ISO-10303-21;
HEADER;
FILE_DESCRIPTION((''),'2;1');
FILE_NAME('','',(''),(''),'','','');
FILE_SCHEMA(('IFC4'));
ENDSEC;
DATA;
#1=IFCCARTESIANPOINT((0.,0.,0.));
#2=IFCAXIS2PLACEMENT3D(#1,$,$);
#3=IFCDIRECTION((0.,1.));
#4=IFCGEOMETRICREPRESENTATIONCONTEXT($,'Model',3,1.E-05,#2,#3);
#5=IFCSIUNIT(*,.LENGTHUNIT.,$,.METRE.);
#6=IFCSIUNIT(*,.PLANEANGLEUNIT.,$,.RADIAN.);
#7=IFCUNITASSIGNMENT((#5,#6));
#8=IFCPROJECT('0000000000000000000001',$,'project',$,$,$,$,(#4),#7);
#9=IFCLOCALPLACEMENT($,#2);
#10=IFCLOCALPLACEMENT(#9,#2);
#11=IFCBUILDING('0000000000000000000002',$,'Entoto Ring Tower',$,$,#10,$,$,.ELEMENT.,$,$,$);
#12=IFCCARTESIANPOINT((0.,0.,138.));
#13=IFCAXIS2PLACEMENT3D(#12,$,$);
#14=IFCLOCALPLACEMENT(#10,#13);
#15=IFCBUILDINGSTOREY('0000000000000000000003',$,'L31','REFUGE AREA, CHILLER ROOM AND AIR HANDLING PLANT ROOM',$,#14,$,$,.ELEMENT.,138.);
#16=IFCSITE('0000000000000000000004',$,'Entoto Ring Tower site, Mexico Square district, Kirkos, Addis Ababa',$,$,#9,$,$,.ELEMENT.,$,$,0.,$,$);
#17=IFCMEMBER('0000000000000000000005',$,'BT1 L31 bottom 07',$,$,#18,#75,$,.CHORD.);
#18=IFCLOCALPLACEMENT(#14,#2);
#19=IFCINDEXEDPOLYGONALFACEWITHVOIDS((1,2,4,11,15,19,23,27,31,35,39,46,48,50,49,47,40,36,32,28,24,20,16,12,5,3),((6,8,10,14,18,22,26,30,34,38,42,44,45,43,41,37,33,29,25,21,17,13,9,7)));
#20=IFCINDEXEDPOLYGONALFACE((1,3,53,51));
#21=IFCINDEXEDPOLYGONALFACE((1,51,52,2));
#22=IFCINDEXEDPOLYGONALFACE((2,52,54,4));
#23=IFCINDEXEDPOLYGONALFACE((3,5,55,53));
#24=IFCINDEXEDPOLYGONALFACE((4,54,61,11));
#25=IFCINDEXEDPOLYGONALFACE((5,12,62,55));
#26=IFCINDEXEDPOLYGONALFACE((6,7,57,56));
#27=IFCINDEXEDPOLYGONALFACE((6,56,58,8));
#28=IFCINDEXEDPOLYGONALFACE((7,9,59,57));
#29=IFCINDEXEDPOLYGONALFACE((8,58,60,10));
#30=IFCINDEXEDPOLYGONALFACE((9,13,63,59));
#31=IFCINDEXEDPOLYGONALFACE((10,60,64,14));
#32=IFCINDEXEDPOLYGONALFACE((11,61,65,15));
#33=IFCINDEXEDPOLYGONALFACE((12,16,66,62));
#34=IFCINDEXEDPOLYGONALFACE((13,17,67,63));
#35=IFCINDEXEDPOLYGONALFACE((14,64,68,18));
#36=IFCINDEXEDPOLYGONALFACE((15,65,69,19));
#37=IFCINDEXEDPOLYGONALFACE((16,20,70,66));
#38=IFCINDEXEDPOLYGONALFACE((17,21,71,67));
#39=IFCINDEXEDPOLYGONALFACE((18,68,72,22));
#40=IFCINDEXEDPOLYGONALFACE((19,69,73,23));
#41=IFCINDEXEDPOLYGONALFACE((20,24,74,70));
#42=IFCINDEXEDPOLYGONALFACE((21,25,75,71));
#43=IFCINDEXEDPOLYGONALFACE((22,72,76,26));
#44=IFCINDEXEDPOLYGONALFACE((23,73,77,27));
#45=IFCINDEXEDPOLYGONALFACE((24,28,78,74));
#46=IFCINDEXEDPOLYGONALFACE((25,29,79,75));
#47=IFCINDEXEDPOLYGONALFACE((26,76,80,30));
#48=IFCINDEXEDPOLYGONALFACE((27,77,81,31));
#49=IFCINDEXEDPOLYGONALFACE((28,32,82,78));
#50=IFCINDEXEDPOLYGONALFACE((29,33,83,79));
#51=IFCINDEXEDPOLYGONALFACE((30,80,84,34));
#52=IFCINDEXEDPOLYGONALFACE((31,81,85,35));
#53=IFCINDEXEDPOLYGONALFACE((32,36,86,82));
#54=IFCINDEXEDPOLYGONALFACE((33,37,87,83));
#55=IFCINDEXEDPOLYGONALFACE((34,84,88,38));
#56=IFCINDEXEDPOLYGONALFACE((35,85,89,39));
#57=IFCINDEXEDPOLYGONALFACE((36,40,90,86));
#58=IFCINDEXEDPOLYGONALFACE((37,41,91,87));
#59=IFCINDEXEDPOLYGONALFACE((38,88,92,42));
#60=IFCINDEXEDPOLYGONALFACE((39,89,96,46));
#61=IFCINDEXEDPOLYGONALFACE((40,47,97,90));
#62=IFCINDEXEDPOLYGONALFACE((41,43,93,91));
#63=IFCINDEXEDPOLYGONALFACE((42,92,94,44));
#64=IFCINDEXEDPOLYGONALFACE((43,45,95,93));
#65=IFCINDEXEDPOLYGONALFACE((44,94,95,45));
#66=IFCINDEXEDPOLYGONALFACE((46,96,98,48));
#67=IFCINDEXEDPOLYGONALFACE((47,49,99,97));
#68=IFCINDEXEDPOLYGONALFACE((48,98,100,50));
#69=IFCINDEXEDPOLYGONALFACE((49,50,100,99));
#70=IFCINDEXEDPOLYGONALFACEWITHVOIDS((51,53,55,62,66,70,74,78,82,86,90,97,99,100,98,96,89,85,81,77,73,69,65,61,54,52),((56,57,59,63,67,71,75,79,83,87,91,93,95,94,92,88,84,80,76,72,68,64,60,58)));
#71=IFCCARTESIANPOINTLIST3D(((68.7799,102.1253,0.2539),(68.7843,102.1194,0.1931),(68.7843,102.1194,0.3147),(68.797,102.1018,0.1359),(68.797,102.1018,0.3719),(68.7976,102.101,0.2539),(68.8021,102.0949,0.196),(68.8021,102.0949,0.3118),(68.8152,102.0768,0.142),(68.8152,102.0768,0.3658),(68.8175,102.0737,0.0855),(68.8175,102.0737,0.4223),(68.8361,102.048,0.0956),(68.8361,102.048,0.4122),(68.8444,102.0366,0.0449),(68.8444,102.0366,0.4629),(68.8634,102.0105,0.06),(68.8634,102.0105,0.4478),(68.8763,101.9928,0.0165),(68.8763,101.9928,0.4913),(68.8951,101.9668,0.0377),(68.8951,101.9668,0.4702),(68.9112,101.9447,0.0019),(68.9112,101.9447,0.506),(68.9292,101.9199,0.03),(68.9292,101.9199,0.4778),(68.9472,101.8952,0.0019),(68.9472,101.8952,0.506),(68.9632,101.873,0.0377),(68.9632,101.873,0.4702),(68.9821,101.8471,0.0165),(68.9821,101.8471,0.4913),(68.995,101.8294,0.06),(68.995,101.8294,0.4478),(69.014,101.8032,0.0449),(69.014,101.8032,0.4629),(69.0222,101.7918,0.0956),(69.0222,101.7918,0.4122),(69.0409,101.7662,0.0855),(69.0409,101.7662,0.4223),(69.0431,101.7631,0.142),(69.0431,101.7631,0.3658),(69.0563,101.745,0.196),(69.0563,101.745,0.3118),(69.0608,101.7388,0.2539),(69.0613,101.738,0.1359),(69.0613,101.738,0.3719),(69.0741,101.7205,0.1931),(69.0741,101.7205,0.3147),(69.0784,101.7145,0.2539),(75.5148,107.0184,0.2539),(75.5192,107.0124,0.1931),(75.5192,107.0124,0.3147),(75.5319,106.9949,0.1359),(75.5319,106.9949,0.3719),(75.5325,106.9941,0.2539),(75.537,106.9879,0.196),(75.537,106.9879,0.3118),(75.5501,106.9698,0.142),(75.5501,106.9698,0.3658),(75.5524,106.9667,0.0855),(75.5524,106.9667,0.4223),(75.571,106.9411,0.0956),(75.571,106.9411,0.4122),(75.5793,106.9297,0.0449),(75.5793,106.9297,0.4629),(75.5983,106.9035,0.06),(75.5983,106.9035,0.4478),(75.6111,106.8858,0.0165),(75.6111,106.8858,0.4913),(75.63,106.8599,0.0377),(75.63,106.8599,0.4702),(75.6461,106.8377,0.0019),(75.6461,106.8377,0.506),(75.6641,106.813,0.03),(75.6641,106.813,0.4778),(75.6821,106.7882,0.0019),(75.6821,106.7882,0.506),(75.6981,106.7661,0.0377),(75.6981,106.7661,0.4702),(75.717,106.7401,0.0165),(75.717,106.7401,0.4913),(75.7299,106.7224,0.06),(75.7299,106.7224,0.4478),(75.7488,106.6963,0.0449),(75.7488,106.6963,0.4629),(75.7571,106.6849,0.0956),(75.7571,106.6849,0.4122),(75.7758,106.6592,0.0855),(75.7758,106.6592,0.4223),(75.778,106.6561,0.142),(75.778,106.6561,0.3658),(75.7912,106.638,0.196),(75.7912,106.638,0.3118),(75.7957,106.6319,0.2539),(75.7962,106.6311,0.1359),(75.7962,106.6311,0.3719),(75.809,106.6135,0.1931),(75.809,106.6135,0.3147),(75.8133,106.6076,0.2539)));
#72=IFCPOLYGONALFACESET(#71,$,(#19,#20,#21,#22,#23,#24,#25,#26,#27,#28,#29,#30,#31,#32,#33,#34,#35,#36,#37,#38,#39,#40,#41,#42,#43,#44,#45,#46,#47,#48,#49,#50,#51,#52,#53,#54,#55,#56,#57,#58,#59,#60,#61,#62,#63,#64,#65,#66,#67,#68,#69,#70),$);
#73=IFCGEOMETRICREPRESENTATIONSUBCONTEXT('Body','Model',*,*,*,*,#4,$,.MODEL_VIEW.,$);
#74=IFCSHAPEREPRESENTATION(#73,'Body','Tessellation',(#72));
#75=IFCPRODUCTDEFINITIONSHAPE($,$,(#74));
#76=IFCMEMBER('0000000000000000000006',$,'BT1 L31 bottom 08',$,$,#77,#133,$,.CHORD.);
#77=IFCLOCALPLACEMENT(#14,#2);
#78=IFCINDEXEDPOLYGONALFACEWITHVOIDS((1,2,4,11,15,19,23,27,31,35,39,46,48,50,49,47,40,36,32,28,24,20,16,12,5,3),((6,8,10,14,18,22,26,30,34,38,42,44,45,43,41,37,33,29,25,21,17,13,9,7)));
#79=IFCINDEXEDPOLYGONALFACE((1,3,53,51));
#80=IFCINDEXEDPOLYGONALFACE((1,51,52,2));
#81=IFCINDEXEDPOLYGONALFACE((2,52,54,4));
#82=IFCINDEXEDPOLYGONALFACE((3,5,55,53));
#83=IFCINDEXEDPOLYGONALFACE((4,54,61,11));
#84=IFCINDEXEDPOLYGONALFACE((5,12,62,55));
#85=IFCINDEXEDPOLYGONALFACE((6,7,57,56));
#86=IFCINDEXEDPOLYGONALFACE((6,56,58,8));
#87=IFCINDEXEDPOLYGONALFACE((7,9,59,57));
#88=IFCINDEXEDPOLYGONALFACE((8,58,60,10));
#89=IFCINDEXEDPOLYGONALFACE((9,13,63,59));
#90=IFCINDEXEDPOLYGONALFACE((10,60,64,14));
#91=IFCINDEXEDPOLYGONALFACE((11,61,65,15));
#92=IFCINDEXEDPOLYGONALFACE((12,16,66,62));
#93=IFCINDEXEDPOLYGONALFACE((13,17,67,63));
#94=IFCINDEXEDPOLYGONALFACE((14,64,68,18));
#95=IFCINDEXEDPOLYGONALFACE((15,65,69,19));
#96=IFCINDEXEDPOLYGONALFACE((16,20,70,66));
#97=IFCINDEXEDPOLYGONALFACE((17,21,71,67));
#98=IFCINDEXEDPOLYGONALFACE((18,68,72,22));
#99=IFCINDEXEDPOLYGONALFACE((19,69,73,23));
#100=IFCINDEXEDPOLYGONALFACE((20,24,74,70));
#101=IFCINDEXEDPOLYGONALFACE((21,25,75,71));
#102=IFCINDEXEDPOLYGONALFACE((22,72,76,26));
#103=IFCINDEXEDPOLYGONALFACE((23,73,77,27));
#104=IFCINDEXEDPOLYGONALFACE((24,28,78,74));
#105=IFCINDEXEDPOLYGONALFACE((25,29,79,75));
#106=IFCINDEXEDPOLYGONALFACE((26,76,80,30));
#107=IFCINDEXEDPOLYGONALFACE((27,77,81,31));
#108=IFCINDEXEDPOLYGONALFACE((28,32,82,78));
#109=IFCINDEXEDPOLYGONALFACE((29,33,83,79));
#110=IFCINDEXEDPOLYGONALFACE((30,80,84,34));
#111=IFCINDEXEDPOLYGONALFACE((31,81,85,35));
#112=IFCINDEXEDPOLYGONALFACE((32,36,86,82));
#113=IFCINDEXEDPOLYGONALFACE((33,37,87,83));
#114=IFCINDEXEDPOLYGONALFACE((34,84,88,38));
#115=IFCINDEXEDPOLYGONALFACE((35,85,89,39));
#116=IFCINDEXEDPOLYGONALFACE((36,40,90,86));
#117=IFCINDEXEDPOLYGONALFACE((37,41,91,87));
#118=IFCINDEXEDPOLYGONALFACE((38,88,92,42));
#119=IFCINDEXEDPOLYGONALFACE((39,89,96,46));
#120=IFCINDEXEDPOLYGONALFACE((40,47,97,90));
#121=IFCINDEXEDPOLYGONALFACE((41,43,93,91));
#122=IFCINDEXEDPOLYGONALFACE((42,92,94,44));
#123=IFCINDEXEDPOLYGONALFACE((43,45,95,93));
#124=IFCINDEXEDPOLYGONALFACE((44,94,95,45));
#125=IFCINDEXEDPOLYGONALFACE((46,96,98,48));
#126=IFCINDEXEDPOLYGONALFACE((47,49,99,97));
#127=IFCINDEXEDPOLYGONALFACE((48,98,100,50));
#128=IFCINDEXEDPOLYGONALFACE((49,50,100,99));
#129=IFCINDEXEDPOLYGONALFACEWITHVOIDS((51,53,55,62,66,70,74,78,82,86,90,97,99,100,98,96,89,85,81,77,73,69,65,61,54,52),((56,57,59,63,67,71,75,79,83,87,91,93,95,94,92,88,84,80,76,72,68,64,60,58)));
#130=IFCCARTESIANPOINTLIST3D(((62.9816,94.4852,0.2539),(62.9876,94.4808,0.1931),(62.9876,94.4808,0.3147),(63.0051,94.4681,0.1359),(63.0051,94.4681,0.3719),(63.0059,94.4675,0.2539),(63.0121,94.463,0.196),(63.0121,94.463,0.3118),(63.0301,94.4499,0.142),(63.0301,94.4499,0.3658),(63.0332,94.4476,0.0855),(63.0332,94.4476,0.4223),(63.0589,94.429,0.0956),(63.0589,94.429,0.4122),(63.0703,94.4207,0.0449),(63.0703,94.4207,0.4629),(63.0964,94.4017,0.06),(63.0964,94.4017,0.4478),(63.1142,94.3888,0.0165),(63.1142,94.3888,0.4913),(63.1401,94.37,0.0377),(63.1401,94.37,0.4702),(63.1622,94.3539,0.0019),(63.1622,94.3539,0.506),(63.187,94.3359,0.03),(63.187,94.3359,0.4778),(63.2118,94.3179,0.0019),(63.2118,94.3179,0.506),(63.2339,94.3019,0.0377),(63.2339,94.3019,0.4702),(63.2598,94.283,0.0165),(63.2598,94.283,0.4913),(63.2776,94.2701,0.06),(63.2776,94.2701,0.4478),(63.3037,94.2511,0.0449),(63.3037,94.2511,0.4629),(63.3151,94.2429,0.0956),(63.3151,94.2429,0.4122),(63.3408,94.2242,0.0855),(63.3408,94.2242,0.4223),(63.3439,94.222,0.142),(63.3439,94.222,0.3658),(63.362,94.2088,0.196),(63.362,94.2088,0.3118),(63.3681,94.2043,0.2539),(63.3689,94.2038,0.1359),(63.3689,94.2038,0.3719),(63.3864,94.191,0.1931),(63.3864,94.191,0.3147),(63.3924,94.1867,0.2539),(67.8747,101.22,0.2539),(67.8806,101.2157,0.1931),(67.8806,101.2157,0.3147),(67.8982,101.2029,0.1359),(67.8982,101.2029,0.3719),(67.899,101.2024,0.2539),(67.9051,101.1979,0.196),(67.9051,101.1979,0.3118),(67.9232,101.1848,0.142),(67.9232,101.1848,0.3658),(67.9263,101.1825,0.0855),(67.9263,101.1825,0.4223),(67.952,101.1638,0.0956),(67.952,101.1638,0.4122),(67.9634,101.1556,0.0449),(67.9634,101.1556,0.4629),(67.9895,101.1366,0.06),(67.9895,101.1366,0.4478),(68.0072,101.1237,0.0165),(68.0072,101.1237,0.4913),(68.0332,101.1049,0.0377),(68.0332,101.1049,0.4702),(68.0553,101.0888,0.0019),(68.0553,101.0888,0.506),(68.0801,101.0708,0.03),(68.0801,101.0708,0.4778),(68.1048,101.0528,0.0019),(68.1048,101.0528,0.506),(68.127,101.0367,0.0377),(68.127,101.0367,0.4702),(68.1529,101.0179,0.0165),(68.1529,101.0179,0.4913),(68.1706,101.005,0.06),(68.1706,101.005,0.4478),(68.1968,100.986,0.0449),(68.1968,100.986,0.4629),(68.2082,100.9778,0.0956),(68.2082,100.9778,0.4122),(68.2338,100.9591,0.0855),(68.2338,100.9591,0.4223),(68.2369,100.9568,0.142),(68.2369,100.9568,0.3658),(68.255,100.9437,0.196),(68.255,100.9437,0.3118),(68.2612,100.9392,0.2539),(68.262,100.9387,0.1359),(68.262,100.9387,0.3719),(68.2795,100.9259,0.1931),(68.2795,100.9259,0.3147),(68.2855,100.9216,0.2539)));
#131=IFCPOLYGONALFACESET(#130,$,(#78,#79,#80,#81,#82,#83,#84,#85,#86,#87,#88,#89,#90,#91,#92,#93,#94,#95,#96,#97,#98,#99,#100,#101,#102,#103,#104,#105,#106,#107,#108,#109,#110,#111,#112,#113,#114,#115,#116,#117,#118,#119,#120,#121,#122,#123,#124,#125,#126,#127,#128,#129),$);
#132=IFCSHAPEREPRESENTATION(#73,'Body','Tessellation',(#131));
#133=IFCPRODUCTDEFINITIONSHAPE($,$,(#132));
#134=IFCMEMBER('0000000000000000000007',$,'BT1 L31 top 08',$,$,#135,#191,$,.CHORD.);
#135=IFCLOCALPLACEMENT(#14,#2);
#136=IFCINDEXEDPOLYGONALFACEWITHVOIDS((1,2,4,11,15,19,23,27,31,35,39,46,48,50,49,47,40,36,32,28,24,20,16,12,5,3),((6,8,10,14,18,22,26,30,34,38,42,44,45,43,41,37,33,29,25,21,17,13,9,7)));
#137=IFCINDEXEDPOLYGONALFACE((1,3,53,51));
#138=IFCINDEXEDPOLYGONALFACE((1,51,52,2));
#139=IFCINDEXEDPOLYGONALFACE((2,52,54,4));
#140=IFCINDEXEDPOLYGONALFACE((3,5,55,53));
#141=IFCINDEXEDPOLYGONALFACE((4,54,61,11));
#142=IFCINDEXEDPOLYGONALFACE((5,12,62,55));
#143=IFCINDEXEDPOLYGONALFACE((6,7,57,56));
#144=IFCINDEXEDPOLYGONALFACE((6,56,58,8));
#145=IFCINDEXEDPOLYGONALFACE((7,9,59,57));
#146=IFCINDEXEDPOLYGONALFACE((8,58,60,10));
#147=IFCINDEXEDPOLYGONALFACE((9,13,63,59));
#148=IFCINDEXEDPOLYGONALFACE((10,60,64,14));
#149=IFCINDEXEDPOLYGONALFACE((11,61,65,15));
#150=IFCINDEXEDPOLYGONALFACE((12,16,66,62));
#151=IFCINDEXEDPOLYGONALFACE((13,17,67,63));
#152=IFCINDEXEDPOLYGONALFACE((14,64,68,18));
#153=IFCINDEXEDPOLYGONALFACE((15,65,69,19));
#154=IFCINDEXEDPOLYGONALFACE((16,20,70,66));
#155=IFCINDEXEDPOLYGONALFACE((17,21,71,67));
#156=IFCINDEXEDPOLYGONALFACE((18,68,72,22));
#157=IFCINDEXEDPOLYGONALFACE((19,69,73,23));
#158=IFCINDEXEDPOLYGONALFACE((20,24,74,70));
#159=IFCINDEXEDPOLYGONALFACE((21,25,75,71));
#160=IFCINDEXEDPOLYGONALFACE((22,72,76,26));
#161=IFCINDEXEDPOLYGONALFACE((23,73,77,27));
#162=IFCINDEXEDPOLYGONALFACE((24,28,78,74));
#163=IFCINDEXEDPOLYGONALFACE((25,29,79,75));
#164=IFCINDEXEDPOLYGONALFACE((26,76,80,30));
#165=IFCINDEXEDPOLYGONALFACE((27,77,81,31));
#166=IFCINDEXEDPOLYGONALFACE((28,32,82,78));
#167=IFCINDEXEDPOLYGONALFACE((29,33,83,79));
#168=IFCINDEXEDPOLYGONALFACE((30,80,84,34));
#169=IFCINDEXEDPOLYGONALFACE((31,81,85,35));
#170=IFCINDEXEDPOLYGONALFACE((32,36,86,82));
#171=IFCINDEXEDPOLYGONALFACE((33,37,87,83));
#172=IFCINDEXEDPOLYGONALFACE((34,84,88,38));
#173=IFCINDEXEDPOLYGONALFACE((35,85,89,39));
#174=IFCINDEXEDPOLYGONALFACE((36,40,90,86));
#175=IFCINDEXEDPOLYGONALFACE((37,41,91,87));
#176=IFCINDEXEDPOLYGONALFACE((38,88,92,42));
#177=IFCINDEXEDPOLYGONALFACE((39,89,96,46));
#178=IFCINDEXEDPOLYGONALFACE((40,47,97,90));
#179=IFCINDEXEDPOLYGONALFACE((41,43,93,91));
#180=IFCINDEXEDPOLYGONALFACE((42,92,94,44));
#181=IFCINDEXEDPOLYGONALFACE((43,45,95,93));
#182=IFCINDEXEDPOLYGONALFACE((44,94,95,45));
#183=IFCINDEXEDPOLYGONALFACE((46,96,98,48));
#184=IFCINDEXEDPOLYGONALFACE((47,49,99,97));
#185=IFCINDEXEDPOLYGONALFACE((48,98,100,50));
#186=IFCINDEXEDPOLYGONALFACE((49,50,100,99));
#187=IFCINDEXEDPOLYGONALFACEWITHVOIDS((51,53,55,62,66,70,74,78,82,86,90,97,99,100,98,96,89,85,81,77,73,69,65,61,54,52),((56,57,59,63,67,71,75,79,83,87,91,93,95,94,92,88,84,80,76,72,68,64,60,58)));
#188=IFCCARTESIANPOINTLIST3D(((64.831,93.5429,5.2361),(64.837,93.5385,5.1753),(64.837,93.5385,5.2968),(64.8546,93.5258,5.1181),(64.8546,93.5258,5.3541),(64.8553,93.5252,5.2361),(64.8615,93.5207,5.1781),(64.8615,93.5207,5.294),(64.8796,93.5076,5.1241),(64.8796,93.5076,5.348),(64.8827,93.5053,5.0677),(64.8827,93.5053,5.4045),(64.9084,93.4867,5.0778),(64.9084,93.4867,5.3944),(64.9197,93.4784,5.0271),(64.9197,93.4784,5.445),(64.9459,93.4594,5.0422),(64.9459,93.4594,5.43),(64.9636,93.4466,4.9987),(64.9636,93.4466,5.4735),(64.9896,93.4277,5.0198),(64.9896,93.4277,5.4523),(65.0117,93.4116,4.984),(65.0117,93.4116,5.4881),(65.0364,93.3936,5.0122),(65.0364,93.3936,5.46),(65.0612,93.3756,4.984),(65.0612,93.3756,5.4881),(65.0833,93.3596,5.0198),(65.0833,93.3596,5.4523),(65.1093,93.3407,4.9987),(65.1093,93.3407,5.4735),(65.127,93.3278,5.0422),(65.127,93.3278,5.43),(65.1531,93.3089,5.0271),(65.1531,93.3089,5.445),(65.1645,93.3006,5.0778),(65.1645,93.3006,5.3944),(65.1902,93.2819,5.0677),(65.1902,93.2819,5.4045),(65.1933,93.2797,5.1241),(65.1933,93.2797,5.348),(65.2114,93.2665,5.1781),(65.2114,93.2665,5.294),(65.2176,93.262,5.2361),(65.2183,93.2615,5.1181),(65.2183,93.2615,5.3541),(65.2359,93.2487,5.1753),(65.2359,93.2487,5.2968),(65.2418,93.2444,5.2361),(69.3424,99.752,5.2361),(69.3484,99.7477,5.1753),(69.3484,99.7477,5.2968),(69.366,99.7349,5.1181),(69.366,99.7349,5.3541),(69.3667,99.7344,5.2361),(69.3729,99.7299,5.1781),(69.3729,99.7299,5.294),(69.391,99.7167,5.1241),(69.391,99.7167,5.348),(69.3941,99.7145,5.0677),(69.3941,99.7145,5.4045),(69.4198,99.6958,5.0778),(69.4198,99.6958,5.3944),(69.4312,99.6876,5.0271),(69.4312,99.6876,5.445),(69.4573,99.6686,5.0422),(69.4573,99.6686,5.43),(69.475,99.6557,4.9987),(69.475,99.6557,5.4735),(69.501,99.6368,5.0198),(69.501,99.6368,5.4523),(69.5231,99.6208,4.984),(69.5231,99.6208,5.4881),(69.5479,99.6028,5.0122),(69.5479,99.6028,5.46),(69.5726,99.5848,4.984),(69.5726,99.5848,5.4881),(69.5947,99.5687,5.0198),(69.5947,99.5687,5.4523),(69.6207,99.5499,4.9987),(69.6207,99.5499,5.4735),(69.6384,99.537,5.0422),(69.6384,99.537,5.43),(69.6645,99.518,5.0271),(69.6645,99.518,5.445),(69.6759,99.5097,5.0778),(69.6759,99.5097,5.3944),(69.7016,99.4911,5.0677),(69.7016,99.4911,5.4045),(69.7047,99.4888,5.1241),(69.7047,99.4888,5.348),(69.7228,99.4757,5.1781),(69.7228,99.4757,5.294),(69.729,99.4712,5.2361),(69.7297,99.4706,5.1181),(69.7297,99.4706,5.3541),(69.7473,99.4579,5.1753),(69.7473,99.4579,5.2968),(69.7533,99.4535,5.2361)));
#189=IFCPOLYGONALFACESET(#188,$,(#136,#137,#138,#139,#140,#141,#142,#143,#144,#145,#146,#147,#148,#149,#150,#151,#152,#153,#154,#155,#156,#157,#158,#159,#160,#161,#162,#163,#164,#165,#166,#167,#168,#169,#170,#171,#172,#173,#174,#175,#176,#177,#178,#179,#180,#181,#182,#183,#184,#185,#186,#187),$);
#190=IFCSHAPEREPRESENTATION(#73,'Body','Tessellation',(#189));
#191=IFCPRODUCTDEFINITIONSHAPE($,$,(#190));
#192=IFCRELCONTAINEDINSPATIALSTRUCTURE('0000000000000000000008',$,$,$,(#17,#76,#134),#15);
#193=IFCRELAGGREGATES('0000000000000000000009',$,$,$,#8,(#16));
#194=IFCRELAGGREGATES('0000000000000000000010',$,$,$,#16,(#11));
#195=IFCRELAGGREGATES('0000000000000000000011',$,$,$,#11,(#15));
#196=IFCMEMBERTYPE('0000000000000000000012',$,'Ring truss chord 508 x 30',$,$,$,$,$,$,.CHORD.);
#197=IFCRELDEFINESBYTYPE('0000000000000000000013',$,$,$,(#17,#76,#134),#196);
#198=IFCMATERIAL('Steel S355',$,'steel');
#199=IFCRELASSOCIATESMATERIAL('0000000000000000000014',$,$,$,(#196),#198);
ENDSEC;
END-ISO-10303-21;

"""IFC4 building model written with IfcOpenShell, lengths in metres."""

from ifc_helpers import new_model, si_unit, direction, frame, origin, origin_2d, place, context, subcontext, project, spatial, circle, hollow_circle, extrude, material, material_profile, profile_set, type_object, element, save


model = new_model("IFC4")

# Units and contexts
model_context = context("Model", 3, precision=1e-05, world=origin(), true_north=direction((0.0, 1.0)))
body_context = subcontext(model_context, "Body", "Model", "MODEL_VIEW")
ifc_project = project(units=[si_unit("LENGTHUNIT", "METRE"), si_unit("PLANEANGLEUNIT", "RADIAN")], contexts=[model_context])

# Site, building, storey
site_placement = place(None, origin())
site = spatial("IfcSite", under=ifc_project, at=site_placement, Name="Entoto Ring Tower site, Mexico Square district, Kirkos, Addis Ababa", CompositionType="ELEMENT", RefElevation=0.0)
building_placement = place(site_placement, origin())
building = spatial("IfcBuilding", under=site, at=building_placement, Name="Entoto Ring Tower", CompositionType="ELEMENT")
storey_placement = place(building_placement, frame((0.0, 0.0, 138.0)))
storey = spatial("IfcBuildingStorey", under=building, at=storey_placement, Name="L31", Description="REFUGE AREA, CHILLER ROOM AND AIR HANDLING PLANT ROOM", CompositionType="ELEMENT", Elevation=138.0)

# Members
ifc_material_1 = material(Name="Steel S355", Category="steel")
ifc_material_profile_1 = material_profile(ifc_material_1, hollow_circle(Radius=0.2539, WallThickness=0.03, at=origin_2d()), Name="CHS 508 x 30")
ifc_material_2 = material(Name="Concrete C60/75", Category="concrete")
ifc_material_profile_2 = material_profile(ifc_material_2, circle(Radius=0.2241, at=origin_2d()), Name="Concrete C60/75 infill")
ifc_profile_set_1 = profile_set([ifc_material_profile_1, ifc_material_profile_2], Name="Steel S355")
member_type_1 = type_object("IfcMemberType", Name="Ring truss chord 508 x 30", PredefinedType="CHORD", material=ifc_profile_set_1)
for number, where, z_axis, x_axis, name in (
    (1, (75.6641, 106.813, 0.2539), (-0.809023, -0.587778, 0.0), (0.587778, -0.809023, 0.0), "BT1 L31 bottom 07"),
    (2, (68.0801, 101.0708, 0.2539), (-0.587778, -0.809023, 0.0), (0.809023, -0.587778, 0.0), "BT1 L31 bottom 08"),
):
    element("IfcMember", number, at=place(storey_placement, frame(where, z_axis=z_axis, x_axis=x_axis)), inside=storey, type_object=member_type_1, Name=name, PredefinedType="CHORD", context=body_context, shape_type="SweptSolid", body=[
        extrude(hollow_circle(Radius=0.2539, WallThickness=0.03, at=origin_2d()), origin(), (0.0, 0.0, 1.0), 8.3247),
    ])
member_1_placement = place(storey_placement, frame((69.5479, 99.6028, 5.2361), z_axis=(-0.587803, -0.809004, 0.0), x_axis=(0.809004, -0.587803, 0.0)))
element("IfcMember", 3, at=member_1_placement, inside=storey, type_object=member_type_1, Name="BT1 L31 top 08", PredefinedType="CHORD", context=body_context, shape_type="SweptSolid", body=[
    extrude(hollow_circle(Radius=0.2539, WallThickness=0.03, at=origin_2d()), origin(), (0.0, 0.0, 1.0), 7.675),
])

save(model, "model.ifc")
